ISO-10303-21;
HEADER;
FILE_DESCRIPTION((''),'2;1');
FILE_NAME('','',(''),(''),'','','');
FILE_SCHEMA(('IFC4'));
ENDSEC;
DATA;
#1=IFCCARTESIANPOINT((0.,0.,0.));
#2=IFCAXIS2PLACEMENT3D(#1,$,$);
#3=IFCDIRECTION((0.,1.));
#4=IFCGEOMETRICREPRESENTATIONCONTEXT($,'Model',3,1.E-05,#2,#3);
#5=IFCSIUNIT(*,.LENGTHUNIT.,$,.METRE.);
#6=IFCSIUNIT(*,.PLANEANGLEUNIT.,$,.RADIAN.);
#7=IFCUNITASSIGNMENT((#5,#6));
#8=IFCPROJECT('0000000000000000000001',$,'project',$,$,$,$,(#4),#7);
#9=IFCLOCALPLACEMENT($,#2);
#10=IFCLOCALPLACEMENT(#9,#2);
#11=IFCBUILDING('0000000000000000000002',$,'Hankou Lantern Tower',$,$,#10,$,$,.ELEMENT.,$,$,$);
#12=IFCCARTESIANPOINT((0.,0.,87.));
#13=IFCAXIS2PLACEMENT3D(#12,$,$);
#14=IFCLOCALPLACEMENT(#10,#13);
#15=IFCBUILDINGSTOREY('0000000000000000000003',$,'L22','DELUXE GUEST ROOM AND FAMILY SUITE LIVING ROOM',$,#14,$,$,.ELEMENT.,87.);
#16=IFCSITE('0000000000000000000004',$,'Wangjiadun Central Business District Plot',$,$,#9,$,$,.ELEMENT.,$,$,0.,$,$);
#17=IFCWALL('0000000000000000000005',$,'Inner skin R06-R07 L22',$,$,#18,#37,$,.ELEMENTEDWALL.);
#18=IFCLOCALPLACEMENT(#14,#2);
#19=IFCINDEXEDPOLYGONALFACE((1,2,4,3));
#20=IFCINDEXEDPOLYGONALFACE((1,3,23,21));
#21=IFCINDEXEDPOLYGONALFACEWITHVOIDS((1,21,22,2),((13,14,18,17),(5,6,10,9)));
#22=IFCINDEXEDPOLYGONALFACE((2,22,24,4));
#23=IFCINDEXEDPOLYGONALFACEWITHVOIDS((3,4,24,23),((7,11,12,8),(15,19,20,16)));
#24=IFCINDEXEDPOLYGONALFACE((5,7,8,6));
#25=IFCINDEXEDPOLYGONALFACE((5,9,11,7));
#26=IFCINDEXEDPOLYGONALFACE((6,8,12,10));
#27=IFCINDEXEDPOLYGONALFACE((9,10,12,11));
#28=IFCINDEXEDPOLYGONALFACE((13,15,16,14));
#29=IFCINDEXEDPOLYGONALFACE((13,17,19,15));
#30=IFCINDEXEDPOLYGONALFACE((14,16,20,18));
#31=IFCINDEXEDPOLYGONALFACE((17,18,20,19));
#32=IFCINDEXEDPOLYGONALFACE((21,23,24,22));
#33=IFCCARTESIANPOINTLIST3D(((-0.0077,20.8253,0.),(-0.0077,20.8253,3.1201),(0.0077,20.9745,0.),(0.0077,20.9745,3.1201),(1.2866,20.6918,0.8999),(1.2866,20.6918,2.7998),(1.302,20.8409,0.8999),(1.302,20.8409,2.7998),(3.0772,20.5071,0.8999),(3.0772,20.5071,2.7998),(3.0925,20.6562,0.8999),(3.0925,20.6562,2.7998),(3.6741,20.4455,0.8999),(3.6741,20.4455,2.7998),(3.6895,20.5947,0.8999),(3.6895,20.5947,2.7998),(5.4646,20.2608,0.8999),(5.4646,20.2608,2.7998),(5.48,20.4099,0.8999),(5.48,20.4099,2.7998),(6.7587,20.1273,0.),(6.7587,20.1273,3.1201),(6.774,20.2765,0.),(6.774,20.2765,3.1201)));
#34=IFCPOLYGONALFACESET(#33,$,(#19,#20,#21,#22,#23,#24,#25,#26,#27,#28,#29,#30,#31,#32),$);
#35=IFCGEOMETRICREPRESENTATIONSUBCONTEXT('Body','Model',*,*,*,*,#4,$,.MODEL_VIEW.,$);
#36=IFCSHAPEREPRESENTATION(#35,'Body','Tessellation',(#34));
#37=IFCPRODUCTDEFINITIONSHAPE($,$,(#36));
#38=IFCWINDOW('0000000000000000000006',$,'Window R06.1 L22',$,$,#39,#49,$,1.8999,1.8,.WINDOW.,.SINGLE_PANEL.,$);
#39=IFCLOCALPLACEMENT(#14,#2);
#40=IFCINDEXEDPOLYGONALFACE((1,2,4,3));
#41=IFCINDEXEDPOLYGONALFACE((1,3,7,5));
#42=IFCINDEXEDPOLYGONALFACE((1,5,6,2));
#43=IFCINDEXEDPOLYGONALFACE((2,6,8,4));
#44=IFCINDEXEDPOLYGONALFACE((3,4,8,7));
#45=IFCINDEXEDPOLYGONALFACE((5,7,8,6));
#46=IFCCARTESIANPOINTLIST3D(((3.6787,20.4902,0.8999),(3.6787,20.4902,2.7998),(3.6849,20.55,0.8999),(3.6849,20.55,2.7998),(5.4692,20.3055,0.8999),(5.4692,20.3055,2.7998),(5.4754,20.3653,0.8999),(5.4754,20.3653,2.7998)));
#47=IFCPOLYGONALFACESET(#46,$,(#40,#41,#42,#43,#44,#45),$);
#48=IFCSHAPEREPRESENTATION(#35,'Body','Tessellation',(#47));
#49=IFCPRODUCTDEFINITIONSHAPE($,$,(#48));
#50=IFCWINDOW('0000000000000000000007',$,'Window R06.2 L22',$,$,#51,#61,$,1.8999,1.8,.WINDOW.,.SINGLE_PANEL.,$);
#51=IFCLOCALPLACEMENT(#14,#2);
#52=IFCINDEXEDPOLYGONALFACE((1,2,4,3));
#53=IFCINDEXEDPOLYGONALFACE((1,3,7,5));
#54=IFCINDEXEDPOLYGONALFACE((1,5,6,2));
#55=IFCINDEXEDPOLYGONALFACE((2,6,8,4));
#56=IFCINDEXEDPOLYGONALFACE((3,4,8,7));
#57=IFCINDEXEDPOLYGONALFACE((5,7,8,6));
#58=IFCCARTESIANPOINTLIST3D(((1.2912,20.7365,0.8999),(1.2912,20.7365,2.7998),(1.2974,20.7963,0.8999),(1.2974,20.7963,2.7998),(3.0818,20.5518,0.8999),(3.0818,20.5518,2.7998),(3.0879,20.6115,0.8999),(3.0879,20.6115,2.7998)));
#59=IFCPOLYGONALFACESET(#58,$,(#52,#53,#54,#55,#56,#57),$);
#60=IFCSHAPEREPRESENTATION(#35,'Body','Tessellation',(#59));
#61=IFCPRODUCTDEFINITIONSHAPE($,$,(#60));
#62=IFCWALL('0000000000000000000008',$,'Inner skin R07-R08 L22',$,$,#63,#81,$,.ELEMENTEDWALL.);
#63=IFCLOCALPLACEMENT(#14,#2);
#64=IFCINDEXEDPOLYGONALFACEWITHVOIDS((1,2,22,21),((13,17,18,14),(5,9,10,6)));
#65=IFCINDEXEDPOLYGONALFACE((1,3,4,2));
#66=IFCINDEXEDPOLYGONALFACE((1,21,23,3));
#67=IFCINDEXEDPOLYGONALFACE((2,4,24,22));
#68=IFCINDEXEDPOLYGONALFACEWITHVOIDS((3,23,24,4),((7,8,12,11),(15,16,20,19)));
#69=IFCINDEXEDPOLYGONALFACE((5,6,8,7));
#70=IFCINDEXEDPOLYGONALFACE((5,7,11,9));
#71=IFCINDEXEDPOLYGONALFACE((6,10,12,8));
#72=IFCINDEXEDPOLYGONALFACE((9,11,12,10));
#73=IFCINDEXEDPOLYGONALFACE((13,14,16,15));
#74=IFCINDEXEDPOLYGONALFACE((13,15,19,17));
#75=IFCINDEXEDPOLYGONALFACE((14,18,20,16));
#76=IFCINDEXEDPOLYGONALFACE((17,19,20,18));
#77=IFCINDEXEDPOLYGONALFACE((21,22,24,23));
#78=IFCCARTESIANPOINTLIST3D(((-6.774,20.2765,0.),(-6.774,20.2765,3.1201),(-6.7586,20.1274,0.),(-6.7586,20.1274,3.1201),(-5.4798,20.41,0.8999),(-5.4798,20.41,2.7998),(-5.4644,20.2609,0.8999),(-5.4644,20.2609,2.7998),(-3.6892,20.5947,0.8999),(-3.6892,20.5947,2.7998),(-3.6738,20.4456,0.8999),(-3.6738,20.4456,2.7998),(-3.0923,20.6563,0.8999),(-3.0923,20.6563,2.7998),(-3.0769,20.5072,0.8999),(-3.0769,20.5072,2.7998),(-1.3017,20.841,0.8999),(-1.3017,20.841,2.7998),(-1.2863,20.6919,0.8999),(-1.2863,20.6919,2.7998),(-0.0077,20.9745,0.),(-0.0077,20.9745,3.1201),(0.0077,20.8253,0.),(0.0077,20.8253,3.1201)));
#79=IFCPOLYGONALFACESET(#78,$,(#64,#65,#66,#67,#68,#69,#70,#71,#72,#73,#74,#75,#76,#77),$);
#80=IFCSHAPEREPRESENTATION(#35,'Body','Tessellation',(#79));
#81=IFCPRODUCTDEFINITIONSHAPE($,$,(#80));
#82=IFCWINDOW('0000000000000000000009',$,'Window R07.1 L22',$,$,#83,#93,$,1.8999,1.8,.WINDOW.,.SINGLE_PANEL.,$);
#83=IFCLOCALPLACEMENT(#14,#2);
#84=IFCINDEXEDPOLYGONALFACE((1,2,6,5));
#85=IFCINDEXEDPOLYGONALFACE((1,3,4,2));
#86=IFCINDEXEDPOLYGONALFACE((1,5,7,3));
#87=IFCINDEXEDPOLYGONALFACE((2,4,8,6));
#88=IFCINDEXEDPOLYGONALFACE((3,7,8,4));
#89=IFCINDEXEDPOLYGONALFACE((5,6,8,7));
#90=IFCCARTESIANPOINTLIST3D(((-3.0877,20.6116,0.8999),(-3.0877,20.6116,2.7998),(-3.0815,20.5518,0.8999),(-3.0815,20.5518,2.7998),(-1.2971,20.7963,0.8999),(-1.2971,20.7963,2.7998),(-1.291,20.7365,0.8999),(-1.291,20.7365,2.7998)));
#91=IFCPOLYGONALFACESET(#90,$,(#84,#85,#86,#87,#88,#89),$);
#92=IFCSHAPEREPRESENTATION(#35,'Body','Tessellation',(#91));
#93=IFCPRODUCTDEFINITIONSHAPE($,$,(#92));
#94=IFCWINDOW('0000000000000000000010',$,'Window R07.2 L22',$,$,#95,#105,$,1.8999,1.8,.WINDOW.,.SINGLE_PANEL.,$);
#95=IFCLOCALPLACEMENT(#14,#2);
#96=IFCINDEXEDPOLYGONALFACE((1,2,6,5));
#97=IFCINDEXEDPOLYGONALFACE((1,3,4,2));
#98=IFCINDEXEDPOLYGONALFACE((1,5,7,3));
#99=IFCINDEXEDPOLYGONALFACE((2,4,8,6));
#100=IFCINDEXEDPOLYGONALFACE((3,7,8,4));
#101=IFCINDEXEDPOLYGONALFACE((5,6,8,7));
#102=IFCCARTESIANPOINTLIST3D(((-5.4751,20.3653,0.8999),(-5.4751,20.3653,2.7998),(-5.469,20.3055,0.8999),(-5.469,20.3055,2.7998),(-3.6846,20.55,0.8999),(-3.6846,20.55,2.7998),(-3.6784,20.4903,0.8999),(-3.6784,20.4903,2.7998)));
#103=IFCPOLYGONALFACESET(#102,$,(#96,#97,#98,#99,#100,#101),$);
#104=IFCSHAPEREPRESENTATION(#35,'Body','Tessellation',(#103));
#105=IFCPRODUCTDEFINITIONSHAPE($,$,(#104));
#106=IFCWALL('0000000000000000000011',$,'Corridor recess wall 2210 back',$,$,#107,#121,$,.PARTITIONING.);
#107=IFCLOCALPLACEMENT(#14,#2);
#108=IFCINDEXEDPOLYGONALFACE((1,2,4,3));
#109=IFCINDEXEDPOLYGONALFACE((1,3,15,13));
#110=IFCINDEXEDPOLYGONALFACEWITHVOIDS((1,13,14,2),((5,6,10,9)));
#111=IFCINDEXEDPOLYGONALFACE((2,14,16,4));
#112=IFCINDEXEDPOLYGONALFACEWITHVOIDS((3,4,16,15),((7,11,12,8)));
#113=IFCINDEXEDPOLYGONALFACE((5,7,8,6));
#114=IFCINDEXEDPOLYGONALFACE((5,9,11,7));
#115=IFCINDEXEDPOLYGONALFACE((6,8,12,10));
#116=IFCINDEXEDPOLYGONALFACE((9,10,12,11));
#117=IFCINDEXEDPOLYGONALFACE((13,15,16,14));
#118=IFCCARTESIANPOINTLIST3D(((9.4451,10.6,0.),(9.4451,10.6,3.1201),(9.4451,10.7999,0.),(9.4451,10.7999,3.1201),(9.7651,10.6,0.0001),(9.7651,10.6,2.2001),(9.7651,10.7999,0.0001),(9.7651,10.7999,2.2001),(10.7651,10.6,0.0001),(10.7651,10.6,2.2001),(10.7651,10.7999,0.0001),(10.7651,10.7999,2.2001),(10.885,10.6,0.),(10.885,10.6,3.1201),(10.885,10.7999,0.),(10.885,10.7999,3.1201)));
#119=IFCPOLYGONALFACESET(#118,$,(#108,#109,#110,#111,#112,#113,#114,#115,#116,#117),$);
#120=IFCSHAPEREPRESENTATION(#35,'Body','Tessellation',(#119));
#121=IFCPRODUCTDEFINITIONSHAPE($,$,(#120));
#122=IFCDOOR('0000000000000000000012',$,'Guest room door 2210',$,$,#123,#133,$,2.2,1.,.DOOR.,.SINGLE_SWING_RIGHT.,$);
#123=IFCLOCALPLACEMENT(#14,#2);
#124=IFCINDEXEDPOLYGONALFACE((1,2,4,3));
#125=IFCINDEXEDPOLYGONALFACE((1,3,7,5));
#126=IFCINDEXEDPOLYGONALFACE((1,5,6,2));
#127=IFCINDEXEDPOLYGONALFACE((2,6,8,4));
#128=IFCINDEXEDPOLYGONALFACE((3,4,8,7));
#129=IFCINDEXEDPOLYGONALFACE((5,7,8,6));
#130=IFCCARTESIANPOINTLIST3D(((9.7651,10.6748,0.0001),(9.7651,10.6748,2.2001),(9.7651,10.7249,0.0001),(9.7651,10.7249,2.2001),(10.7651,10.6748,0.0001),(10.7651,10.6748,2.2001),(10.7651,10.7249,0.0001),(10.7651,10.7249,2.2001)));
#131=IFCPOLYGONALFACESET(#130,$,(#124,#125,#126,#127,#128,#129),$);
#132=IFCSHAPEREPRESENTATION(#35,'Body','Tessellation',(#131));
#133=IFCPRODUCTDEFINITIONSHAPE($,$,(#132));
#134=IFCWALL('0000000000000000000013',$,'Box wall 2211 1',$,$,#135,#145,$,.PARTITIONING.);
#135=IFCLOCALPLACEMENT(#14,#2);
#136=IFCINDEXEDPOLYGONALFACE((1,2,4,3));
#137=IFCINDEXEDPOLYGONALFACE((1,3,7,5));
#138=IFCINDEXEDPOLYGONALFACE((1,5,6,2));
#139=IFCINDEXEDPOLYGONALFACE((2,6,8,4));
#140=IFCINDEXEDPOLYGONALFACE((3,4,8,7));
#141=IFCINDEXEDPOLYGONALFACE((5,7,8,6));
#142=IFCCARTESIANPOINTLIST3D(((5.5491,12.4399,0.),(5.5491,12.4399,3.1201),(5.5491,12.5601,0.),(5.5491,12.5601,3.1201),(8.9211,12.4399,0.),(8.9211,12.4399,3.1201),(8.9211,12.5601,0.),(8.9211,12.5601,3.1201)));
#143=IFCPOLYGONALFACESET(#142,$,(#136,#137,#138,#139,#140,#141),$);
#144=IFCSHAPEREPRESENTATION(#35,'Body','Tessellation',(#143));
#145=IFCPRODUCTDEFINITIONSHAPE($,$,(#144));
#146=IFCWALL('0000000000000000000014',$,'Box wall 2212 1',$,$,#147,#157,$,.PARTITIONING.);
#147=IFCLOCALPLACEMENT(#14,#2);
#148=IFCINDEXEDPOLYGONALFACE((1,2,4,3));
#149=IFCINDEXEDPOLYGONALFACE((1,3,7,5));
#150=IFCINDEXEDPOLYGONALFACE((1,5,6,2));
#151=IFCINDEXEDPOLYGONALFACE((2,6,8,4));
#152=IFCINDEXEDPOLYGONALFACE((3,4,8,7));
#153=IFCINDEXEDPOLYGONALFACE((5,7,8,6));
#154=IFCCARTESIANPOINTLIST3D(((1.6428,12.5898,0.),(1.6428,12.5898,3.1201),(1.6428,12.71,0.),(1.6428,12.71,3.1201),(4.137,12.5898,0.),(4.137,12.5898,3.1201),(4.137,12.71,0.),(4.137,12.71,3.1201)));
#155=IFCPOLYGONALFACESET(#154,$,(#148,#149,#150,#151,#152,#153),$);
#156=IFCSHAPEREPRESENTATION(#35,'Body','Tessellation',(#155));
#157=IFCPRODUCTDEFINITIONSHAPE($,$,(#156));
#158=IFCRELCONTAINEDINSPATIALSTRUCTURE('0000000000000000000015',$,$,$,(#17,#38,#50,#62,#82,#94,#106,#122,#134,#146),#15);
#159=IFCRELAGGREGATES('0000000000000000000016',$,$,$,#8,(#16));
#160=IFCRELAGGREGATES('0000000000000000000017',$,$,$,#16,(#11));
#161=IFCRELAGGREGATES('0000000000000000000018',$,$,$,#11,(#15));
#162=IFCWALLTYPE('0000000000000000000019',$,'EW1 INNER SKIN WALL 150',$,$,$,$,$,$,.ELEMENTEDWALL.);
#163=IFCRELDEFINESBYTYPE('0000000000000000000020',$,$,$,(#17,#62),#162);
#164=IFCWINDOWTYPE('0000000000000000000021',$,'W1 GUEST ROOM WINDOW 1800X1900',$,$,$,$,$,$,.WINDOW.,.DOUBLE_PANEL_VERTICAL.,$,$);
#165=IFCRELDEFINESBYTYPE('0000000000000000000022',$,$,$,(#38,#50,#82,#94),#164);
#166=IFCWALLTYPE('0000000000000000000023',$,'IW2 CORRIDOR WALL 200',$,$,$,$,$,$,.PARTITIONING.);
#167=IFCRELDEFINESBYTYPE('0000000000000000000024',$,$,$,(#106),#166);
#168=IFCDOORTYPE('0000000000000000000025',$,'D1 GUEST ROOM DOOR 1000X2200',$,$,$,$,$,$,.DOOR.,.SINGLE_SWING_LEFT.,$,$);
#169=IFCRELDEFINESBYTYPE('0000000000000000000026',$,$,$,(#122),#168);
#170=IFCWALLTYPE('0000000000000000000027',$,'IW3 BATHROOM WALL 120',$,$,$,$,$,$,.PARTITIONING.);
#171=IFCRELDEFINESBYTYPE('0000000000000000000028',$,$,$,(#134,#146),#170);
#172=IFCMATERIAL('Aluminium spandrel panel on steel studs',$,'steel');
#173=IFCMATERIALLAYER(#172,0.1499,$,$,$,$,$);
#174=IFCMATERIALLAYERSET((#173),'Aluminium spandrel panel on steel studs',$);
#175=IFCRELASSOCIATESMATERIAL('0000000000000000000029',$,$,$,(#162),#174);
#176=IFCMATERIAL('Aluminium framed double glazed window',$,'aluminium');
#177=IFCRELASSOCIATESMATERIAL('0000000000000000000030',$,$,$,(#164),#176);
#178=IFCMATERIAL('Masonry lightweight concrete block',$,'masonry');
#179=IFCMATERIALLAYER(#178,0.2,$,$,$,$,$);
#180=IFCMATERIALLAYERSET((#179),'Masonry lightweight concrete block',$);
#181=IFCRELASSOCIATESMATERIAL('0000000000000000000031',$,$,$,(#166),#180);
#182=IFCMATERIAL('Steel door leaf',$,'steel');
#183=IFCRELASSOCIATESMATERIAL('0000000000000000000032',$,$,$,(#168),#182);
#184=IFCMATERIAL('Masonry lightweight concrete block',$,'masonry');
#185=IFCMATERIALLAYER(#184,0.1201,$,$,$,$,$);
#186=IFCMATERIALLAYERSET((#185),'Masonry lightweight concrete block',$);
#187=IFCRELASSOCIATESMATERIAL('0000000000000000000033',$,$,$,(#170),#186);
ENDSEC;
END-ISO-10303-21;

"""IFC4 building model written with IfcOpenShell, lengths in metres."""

from ifc_helpers import new_model, si_unit, direction, frame, frame_2d, origin, place, context, subcontext, project, spatial, rectangle, extrude, material, layer, layer_set, type_object, element, fill, save


model = new_model("IFC4")

# Units and contexts
model_context = context("Model", 3, precision=1e-05, world=origin(), true_north=direction((0.0, 1.0)))
body_context = subcontext(model_context, "Body", "Model", "MODEL_VIEW")
ifc_project = project(units=[si_unit("LENGTHUNIT", "METRE"), si_unit("PLANEANGLEUNIT", "RADIAN")], contexts=[model_context])

# Site, building, storey
site_placement = place(None, origin())
site = spatial("IfcSite", under=ifc_project, at=site_placement, Name="Wangjiadun Central Business District Plot", CompositionType="ELEMENT", RefElevation=0.0)
building_placement = place(site_placement, origin())
building = spatial("IfcBuilding", under=site, at=building_placement, Name="Hankou Lantern Tower", CompositionType="ELEMENT")
storey_placement = place(building_placement, frame((0.0, 0.0, 87.0)))
storey = spatial("IfcBuildingStorey", under=building, at=storey_placement, Name="L22", Description="DELUXE GUEST ROOM AND FAMILY SUITE LIVING ROOM", CompositionType="ELEMENT", Elevation=87.0)

# Walls, openings, windows
ifc_material_1 = material(Name="Aluminium spandrel panel on steel studs", Category="steel")
ifc_layer_1 = layer(ifc_material_1, 0.1499)
ifc_layer_set_1 = layer_set([ifc_layer_1], Name="Aluminium spandrel panel on steel studs")
wall_type_1 = type_object("IfcWallType", Name="EW1 INNER SKIN WALL 150", PredefinedType="ELEMENTEDWALL", material=ifc_layer_set_1)
wall_1_placement = place(storey_placement, frame((6.7664, 20.2019, 0.0), z_axis=(0.0, 0.0, 1.0), x_axis=(-0.994721, 0.102613, 0.0)))
wall_1 = element("IfcWall", 1, at=wall_1_placement, inside=storey, type_object=wall_type_1, Name="Inner skin R06-R07 L22", PredefinedType="ELEMENTEDWALL", context=body_context, shape_type="SweptSolid", body=[
    extrude(rectangle(XDim=6.8022, YDim=0.1499, at=frame_2d((3.4011, 0.0))), origin(), (0.0, 0.0, 1.0), 3.1201),
])
opening_1_placement = place(wall_1_placement, frame((1.301, 0.0, 0.8999)))
opening_1 = element("IfcOpeningElement", 2, at=opening_1_placement, cuts=wall_1, PredefinedType="OPENING", context=body_context, shape_type="SweptSolid", body=[
    extrude(rectangle(XDim=1.8, YDim=1.8999, at=frame_2d((0.8999, 0.95))), frame((0.0, 0.085, 0.0), z_axis=(0.0, -1.0, 0.0), x_axis=(1.0, 0.0, 0.0)), (0.0, 0.0, 1.0), 0.1699),
])
opening_2_placement = place(wall_1_placement, frame((3.7012, 0.0, 0.8999)))
opening_2 = element("IfcOpeningElement", 3, at=opening_2_placement, cuts=wall_1, PredefinedType="OPENING", context=body_context, shape_type="SweptSolid", body=[
    extrude(rectangle(XDim=1.8, YDim=1.8999, at=frame_2d((0.8999, 0.95))), frame((0.0, 0.085, 0.0), z_axis=(0.0, -1.0, 0.0), x_axis=(1.0, 0.0, 0.0)), (0.0, 0.0, 1.0), 0.1699),
])
ifc_material_2 = material(Name="Aluminium framed double glazed window", Category="aluminium")
window_type = type_object("IfcWindowType", Name="W1 GUEST ROOM WINDOW 1800X1900", PartitioningType="DOUBLE_PANEL_VERTICAL", PredefinedType="WINDOW", material=ifc_material_2)
window_1_placement = place(opening_1_placement, origin())
window_1 = element("IfcWindow", 4, at=window_1_placement, inside=storey, type_object=window_type, Name="Window R06.1 L22", OverallHeight=1.8999, OverallWidth=1.8, PartitioningType="SINGLE_PANEL", PredefinedType="WINDOW", context=body_context, shape_type="SweptSolid", body=[
    extrude(rectangle(XDim=1.8, YDim=1.8999, at=frame_2d((0.8999, 0.95))), frame((0.0, 0.03, 0.0), z_axis=(0.0, -1.0, 0.0), x_axis=(1.0, 0.0, 0.0)), (0.0, 0.0, 1.0), 0.0601),
])
fill(opening_1, window_1)
window_2_placement = place(opening_2_placement, origin())
window_2 = element("IfcWindow", 5, at=window_2_placement, inside=storey, type_object=window_type, Name="Window R06.2 L22", OverallHeight=1.8999, OverallWidth=1.8, PartitioningType="SINGLE_PANEL", PredefinedType="WINDOW", context=body_context, shape_type="SweptSolid", body=[
    extrude(rectangle(XDim=1.8, YDim=1.8999, at=frame_2d((0.8999, 0.95))), frame((0.0, 0.03, 0.0), z_axis=(0.0, -1.0, 0.0), x_axis=(1.0, 0.0, 0.0)), (0.0, 0.0, 1.0), 0.0601),
])
fill(opening_2, window_2)
wall_2_placement = place(storey_placement, frame((0.0, 20.8999, 0.0), z_axis=(0.0, 0.0, 1.0), x_axis=(-0.994721, -0.102613, 0.0)))
wall_2 = element("IfcWall", 6, at=wall_2_placement, inside=storey, type_object=wall_type_1, Name="Inner skin R07-R08 L22", PredefinedType="ELEMENTEDWALL", context=body_context, shape_type="SweptSolid", body=[
    extrude(rectangle(XDim=6.8022, YDim=0.1499, at=frame_2d((3.4011, 0.0))), origin(), (0.0, 0.0, 1.0), 3.1201),
])
opening_3_placement = place(wall_2_placement, frame((1.301, 0.0, 0.8999)))
opening_3 = element("IfcOpeningElement", 7, at=opening_3_placement, cuts=wall_2, PredefinedType="OPENING", context=body_context, shape_type="SweptSolid", body=[
    extrude(rectangle(XDim=1.8, YDim=1.8999, at=frame_2d((0.8999, 0.95))), frame((0.0, 0.085, 0.0), z_axis=(0.0, -1.0, 0.0), x_axis=(1.0, 0.0, 0.0)), (0.0, 0.0, 1.0), 0.1699),
])
opening_4_placement = place(wall_2_placement, frame((3.7012, 0.0, 0.8999)))
opening_4 = element("IfcOpeningElement", 8, at=opening_4_placement, cuts=wall_2, PredefinedType="OPENING", context=body_context, shape_type="SweptSolid", body=[
    extrude(rectangle(XDim=1.8, YDim=1.8999, at=frame_2d((0.8999, 0.95))), frame((0.0, 0.085, 0.0), z_axis=(0.0, -1.0, 0.0), x_axis=(1.0, 0.0, 0.0)), (0.0, 0.0, 1.0), 0.1699),
])
window_3_placement = place(opening_3_placement, origin())
window_3 = element("IfcWindow", 9, at=window_3_placement, inside=storey, type_object=window_type, Name="Window R07.1 L22", OverallHeight=1.8999, OverallWidth=1.8, PartitioningType="SINGLE_PANEL", PredefinedType="WINDOW", context=body_context, shape_type="SweptSolid", body=[
    extrude(rectangle(XDim=1.8, YDim=1.8999, at=frame_2d((0.8999, 0.95))), frame((0.0, 0.03, 0.0), z_axis=(0.0, -1.0, 0.0), x_axis=(1.0, 0.0, 0.0)), (0.0, 0.0, 1.0), 0.0601),
])
fill(opening_3, window_3)
window_4_placement = place(opening_4_placement, origin())
window_4 = element("IfcWindow", 10, at=window_4_placement, inside=storey, type_object=window_type, Name="Window R07.2 L22", OverallHeight=1.8999, OverallWidth=1.8, PartitioningType="SINGLE_PANEL", PredefinedType="WINDOW", context=body_context, shape_type="SweptSolid", body=[
    extrude(rectangle(XDim=1.8, YDim=1.8999, at=frame_2d((0.8999, 0.95))), frame((0.0, 0.03, 0.0), z_axis=(0.0, -1.0, 0.0), x_axis=(1.0, 0.0, 0.0)), (0.0, 0.0, 1.0), 0.0601),
])
fill(opening_4, window_4)

# Wall, opening, door
ifc_material_3 = material(Name="Masonry lightweight concrete block", Category="masonry")
ifc_layer_2 = layer(ifc_material_3, 0.2)
ifc_layer_set_2 = layer_set([ifc_layer_2], Name="Masonry lightweight concrete block")
wall_type_2 = type_object("IfcWallType", Name="IW2 CORRIDOR WALL 200", PredefinedType="PARTITIONING", material=ifc_layer_set_2)
wall_3_placement = place(storey_placement, frame((9.4451, 10.7, 0.0), z_axis=(0.0, 0.0, 1.0), x_axis=(1.0, 0.0, 0.0)))
wall_3 = element("IfcWall", 11, at=wall_3_placement, inside=storey, type_object=wall_type_2, Name="Corridor recess wall 2210 back", PredefinedType="PARTITIONING", context=body_context, shape_type="SweptSolid", body=[
    extrude(rectangle(XDim=1.4399, YDim=0.2, at=frame_2d((0.72, 0.0))), origin(), (0.0, 0.0, 1.0), 3.1201),
])
opening_5_placement = place(wall_3_placement, frame((0.3201, 0.0, 0.0)))
opening_5 = element("IfcOpeningElement", 12, at=opening_5_placement, cuts=wall_3, PredefinedType="OPENING", context=body_context, shape_type="SweptSolid", body=[
    extrude(rectangle(XDim=1.0, YDim=2.2, at=frame_2d((0.5, 1.1001))), frame((0.0, 0.1099, 0.0), z_axis=(0.0, -1.0, 0.0), x_axis=(1.0, 0.0, 0.0)), (0.0, 0.0, 1.0), 0.22),
])
ifc_material_4 = material(Name="Steel door leaf", Category="steel")
door_type = type_object("IfcDoorType", Name="D1 GUEST ROOM DOOR 1000X2200", OperationType="SINGLE_SWING_LEFT", PredefinedType="DOOR", material=ifc_material_4)
door_placement = place(opening_5_placement, origin())
door = element("IfcDoor", 13, at=door_placement, inside=storey, type_object=door_type, Name="Guest room door 2210", OperationType="SINGLE_SWING_RIGHT", OverallHeight=2.2, OverallWidth=1.0, PredefinedType="DOOR", context=body_context, shape_type="SweptSolid", body=[
    extrude(rectangle(XDim=1.0, YDim=2.2, at=frame_2d((0.5, 1.1001))), frame((0.0, 0.0249, 0.0), z_axis=(0.0, -1.0, 0.0), x_axis=(1.0, 0.0, 0.0)), (0.0, 0.0, 1.0), 0.05),
])
fill(opening_5, door)

# Walls
ifc_material_5 = material(Name="Masonry lightweight concrete block", Category="masonry")
ifc_layer_3 = layer(ifc_material_5, 0.1201)
ifc_layer_set_3 = layer_set([ifc_layer_3], Name="Masonry lightweight concrete block")
wall_type_3 = type_object("IfcWallType", Name="IW3 BATHROOM WALL 120", PredefinedType="PARTITIONING", material=ifc_layer_set_3)
wall_4_placement = place(storey_placement, frame((8.9211, 12.5, 0.0), z_axis=(0.0, 0.0, 1.0), x_axis=(-1.0, 0.0, 0.0)))
element("IfcWall", 14, at=wall_4_placement, inside=storey, type_object=wall_type_3, Name="Box wall 2211 1", PredefinedType="PARTITIONING", context=body_context, shape_type="SweptSolid", body=[
    extrude(rectangle(XDim=3.3721, YDim=0.1201, at=frame_2d((1.686, 0.0))), origin(), (0.0, 0.0, 1.0), 3.1201),
])
wall_5_placement = place(storey_placement, frame((4.137, 12.6499, 0.0), z_axis=(0.0, 0.0, 1.0), x_axis=(-1.0, 0.0, 0.0)))
element("IfcWall", 15, at=wall_5_placement, inside=storey, type_object=wall_type_3, Name="Box wall 2212 1", PredefinedType="PARTITIONING", context=body_context, shape_type="SweptSolid", body=[
    extrude(rectangle(XDim=2.4941, YDim=0.1201, at=frame_2d((1.2471, 0.0))), origin(), (0.0, 0.0, 1.0), 3.1201),
])

save(model, "model.ifc")
